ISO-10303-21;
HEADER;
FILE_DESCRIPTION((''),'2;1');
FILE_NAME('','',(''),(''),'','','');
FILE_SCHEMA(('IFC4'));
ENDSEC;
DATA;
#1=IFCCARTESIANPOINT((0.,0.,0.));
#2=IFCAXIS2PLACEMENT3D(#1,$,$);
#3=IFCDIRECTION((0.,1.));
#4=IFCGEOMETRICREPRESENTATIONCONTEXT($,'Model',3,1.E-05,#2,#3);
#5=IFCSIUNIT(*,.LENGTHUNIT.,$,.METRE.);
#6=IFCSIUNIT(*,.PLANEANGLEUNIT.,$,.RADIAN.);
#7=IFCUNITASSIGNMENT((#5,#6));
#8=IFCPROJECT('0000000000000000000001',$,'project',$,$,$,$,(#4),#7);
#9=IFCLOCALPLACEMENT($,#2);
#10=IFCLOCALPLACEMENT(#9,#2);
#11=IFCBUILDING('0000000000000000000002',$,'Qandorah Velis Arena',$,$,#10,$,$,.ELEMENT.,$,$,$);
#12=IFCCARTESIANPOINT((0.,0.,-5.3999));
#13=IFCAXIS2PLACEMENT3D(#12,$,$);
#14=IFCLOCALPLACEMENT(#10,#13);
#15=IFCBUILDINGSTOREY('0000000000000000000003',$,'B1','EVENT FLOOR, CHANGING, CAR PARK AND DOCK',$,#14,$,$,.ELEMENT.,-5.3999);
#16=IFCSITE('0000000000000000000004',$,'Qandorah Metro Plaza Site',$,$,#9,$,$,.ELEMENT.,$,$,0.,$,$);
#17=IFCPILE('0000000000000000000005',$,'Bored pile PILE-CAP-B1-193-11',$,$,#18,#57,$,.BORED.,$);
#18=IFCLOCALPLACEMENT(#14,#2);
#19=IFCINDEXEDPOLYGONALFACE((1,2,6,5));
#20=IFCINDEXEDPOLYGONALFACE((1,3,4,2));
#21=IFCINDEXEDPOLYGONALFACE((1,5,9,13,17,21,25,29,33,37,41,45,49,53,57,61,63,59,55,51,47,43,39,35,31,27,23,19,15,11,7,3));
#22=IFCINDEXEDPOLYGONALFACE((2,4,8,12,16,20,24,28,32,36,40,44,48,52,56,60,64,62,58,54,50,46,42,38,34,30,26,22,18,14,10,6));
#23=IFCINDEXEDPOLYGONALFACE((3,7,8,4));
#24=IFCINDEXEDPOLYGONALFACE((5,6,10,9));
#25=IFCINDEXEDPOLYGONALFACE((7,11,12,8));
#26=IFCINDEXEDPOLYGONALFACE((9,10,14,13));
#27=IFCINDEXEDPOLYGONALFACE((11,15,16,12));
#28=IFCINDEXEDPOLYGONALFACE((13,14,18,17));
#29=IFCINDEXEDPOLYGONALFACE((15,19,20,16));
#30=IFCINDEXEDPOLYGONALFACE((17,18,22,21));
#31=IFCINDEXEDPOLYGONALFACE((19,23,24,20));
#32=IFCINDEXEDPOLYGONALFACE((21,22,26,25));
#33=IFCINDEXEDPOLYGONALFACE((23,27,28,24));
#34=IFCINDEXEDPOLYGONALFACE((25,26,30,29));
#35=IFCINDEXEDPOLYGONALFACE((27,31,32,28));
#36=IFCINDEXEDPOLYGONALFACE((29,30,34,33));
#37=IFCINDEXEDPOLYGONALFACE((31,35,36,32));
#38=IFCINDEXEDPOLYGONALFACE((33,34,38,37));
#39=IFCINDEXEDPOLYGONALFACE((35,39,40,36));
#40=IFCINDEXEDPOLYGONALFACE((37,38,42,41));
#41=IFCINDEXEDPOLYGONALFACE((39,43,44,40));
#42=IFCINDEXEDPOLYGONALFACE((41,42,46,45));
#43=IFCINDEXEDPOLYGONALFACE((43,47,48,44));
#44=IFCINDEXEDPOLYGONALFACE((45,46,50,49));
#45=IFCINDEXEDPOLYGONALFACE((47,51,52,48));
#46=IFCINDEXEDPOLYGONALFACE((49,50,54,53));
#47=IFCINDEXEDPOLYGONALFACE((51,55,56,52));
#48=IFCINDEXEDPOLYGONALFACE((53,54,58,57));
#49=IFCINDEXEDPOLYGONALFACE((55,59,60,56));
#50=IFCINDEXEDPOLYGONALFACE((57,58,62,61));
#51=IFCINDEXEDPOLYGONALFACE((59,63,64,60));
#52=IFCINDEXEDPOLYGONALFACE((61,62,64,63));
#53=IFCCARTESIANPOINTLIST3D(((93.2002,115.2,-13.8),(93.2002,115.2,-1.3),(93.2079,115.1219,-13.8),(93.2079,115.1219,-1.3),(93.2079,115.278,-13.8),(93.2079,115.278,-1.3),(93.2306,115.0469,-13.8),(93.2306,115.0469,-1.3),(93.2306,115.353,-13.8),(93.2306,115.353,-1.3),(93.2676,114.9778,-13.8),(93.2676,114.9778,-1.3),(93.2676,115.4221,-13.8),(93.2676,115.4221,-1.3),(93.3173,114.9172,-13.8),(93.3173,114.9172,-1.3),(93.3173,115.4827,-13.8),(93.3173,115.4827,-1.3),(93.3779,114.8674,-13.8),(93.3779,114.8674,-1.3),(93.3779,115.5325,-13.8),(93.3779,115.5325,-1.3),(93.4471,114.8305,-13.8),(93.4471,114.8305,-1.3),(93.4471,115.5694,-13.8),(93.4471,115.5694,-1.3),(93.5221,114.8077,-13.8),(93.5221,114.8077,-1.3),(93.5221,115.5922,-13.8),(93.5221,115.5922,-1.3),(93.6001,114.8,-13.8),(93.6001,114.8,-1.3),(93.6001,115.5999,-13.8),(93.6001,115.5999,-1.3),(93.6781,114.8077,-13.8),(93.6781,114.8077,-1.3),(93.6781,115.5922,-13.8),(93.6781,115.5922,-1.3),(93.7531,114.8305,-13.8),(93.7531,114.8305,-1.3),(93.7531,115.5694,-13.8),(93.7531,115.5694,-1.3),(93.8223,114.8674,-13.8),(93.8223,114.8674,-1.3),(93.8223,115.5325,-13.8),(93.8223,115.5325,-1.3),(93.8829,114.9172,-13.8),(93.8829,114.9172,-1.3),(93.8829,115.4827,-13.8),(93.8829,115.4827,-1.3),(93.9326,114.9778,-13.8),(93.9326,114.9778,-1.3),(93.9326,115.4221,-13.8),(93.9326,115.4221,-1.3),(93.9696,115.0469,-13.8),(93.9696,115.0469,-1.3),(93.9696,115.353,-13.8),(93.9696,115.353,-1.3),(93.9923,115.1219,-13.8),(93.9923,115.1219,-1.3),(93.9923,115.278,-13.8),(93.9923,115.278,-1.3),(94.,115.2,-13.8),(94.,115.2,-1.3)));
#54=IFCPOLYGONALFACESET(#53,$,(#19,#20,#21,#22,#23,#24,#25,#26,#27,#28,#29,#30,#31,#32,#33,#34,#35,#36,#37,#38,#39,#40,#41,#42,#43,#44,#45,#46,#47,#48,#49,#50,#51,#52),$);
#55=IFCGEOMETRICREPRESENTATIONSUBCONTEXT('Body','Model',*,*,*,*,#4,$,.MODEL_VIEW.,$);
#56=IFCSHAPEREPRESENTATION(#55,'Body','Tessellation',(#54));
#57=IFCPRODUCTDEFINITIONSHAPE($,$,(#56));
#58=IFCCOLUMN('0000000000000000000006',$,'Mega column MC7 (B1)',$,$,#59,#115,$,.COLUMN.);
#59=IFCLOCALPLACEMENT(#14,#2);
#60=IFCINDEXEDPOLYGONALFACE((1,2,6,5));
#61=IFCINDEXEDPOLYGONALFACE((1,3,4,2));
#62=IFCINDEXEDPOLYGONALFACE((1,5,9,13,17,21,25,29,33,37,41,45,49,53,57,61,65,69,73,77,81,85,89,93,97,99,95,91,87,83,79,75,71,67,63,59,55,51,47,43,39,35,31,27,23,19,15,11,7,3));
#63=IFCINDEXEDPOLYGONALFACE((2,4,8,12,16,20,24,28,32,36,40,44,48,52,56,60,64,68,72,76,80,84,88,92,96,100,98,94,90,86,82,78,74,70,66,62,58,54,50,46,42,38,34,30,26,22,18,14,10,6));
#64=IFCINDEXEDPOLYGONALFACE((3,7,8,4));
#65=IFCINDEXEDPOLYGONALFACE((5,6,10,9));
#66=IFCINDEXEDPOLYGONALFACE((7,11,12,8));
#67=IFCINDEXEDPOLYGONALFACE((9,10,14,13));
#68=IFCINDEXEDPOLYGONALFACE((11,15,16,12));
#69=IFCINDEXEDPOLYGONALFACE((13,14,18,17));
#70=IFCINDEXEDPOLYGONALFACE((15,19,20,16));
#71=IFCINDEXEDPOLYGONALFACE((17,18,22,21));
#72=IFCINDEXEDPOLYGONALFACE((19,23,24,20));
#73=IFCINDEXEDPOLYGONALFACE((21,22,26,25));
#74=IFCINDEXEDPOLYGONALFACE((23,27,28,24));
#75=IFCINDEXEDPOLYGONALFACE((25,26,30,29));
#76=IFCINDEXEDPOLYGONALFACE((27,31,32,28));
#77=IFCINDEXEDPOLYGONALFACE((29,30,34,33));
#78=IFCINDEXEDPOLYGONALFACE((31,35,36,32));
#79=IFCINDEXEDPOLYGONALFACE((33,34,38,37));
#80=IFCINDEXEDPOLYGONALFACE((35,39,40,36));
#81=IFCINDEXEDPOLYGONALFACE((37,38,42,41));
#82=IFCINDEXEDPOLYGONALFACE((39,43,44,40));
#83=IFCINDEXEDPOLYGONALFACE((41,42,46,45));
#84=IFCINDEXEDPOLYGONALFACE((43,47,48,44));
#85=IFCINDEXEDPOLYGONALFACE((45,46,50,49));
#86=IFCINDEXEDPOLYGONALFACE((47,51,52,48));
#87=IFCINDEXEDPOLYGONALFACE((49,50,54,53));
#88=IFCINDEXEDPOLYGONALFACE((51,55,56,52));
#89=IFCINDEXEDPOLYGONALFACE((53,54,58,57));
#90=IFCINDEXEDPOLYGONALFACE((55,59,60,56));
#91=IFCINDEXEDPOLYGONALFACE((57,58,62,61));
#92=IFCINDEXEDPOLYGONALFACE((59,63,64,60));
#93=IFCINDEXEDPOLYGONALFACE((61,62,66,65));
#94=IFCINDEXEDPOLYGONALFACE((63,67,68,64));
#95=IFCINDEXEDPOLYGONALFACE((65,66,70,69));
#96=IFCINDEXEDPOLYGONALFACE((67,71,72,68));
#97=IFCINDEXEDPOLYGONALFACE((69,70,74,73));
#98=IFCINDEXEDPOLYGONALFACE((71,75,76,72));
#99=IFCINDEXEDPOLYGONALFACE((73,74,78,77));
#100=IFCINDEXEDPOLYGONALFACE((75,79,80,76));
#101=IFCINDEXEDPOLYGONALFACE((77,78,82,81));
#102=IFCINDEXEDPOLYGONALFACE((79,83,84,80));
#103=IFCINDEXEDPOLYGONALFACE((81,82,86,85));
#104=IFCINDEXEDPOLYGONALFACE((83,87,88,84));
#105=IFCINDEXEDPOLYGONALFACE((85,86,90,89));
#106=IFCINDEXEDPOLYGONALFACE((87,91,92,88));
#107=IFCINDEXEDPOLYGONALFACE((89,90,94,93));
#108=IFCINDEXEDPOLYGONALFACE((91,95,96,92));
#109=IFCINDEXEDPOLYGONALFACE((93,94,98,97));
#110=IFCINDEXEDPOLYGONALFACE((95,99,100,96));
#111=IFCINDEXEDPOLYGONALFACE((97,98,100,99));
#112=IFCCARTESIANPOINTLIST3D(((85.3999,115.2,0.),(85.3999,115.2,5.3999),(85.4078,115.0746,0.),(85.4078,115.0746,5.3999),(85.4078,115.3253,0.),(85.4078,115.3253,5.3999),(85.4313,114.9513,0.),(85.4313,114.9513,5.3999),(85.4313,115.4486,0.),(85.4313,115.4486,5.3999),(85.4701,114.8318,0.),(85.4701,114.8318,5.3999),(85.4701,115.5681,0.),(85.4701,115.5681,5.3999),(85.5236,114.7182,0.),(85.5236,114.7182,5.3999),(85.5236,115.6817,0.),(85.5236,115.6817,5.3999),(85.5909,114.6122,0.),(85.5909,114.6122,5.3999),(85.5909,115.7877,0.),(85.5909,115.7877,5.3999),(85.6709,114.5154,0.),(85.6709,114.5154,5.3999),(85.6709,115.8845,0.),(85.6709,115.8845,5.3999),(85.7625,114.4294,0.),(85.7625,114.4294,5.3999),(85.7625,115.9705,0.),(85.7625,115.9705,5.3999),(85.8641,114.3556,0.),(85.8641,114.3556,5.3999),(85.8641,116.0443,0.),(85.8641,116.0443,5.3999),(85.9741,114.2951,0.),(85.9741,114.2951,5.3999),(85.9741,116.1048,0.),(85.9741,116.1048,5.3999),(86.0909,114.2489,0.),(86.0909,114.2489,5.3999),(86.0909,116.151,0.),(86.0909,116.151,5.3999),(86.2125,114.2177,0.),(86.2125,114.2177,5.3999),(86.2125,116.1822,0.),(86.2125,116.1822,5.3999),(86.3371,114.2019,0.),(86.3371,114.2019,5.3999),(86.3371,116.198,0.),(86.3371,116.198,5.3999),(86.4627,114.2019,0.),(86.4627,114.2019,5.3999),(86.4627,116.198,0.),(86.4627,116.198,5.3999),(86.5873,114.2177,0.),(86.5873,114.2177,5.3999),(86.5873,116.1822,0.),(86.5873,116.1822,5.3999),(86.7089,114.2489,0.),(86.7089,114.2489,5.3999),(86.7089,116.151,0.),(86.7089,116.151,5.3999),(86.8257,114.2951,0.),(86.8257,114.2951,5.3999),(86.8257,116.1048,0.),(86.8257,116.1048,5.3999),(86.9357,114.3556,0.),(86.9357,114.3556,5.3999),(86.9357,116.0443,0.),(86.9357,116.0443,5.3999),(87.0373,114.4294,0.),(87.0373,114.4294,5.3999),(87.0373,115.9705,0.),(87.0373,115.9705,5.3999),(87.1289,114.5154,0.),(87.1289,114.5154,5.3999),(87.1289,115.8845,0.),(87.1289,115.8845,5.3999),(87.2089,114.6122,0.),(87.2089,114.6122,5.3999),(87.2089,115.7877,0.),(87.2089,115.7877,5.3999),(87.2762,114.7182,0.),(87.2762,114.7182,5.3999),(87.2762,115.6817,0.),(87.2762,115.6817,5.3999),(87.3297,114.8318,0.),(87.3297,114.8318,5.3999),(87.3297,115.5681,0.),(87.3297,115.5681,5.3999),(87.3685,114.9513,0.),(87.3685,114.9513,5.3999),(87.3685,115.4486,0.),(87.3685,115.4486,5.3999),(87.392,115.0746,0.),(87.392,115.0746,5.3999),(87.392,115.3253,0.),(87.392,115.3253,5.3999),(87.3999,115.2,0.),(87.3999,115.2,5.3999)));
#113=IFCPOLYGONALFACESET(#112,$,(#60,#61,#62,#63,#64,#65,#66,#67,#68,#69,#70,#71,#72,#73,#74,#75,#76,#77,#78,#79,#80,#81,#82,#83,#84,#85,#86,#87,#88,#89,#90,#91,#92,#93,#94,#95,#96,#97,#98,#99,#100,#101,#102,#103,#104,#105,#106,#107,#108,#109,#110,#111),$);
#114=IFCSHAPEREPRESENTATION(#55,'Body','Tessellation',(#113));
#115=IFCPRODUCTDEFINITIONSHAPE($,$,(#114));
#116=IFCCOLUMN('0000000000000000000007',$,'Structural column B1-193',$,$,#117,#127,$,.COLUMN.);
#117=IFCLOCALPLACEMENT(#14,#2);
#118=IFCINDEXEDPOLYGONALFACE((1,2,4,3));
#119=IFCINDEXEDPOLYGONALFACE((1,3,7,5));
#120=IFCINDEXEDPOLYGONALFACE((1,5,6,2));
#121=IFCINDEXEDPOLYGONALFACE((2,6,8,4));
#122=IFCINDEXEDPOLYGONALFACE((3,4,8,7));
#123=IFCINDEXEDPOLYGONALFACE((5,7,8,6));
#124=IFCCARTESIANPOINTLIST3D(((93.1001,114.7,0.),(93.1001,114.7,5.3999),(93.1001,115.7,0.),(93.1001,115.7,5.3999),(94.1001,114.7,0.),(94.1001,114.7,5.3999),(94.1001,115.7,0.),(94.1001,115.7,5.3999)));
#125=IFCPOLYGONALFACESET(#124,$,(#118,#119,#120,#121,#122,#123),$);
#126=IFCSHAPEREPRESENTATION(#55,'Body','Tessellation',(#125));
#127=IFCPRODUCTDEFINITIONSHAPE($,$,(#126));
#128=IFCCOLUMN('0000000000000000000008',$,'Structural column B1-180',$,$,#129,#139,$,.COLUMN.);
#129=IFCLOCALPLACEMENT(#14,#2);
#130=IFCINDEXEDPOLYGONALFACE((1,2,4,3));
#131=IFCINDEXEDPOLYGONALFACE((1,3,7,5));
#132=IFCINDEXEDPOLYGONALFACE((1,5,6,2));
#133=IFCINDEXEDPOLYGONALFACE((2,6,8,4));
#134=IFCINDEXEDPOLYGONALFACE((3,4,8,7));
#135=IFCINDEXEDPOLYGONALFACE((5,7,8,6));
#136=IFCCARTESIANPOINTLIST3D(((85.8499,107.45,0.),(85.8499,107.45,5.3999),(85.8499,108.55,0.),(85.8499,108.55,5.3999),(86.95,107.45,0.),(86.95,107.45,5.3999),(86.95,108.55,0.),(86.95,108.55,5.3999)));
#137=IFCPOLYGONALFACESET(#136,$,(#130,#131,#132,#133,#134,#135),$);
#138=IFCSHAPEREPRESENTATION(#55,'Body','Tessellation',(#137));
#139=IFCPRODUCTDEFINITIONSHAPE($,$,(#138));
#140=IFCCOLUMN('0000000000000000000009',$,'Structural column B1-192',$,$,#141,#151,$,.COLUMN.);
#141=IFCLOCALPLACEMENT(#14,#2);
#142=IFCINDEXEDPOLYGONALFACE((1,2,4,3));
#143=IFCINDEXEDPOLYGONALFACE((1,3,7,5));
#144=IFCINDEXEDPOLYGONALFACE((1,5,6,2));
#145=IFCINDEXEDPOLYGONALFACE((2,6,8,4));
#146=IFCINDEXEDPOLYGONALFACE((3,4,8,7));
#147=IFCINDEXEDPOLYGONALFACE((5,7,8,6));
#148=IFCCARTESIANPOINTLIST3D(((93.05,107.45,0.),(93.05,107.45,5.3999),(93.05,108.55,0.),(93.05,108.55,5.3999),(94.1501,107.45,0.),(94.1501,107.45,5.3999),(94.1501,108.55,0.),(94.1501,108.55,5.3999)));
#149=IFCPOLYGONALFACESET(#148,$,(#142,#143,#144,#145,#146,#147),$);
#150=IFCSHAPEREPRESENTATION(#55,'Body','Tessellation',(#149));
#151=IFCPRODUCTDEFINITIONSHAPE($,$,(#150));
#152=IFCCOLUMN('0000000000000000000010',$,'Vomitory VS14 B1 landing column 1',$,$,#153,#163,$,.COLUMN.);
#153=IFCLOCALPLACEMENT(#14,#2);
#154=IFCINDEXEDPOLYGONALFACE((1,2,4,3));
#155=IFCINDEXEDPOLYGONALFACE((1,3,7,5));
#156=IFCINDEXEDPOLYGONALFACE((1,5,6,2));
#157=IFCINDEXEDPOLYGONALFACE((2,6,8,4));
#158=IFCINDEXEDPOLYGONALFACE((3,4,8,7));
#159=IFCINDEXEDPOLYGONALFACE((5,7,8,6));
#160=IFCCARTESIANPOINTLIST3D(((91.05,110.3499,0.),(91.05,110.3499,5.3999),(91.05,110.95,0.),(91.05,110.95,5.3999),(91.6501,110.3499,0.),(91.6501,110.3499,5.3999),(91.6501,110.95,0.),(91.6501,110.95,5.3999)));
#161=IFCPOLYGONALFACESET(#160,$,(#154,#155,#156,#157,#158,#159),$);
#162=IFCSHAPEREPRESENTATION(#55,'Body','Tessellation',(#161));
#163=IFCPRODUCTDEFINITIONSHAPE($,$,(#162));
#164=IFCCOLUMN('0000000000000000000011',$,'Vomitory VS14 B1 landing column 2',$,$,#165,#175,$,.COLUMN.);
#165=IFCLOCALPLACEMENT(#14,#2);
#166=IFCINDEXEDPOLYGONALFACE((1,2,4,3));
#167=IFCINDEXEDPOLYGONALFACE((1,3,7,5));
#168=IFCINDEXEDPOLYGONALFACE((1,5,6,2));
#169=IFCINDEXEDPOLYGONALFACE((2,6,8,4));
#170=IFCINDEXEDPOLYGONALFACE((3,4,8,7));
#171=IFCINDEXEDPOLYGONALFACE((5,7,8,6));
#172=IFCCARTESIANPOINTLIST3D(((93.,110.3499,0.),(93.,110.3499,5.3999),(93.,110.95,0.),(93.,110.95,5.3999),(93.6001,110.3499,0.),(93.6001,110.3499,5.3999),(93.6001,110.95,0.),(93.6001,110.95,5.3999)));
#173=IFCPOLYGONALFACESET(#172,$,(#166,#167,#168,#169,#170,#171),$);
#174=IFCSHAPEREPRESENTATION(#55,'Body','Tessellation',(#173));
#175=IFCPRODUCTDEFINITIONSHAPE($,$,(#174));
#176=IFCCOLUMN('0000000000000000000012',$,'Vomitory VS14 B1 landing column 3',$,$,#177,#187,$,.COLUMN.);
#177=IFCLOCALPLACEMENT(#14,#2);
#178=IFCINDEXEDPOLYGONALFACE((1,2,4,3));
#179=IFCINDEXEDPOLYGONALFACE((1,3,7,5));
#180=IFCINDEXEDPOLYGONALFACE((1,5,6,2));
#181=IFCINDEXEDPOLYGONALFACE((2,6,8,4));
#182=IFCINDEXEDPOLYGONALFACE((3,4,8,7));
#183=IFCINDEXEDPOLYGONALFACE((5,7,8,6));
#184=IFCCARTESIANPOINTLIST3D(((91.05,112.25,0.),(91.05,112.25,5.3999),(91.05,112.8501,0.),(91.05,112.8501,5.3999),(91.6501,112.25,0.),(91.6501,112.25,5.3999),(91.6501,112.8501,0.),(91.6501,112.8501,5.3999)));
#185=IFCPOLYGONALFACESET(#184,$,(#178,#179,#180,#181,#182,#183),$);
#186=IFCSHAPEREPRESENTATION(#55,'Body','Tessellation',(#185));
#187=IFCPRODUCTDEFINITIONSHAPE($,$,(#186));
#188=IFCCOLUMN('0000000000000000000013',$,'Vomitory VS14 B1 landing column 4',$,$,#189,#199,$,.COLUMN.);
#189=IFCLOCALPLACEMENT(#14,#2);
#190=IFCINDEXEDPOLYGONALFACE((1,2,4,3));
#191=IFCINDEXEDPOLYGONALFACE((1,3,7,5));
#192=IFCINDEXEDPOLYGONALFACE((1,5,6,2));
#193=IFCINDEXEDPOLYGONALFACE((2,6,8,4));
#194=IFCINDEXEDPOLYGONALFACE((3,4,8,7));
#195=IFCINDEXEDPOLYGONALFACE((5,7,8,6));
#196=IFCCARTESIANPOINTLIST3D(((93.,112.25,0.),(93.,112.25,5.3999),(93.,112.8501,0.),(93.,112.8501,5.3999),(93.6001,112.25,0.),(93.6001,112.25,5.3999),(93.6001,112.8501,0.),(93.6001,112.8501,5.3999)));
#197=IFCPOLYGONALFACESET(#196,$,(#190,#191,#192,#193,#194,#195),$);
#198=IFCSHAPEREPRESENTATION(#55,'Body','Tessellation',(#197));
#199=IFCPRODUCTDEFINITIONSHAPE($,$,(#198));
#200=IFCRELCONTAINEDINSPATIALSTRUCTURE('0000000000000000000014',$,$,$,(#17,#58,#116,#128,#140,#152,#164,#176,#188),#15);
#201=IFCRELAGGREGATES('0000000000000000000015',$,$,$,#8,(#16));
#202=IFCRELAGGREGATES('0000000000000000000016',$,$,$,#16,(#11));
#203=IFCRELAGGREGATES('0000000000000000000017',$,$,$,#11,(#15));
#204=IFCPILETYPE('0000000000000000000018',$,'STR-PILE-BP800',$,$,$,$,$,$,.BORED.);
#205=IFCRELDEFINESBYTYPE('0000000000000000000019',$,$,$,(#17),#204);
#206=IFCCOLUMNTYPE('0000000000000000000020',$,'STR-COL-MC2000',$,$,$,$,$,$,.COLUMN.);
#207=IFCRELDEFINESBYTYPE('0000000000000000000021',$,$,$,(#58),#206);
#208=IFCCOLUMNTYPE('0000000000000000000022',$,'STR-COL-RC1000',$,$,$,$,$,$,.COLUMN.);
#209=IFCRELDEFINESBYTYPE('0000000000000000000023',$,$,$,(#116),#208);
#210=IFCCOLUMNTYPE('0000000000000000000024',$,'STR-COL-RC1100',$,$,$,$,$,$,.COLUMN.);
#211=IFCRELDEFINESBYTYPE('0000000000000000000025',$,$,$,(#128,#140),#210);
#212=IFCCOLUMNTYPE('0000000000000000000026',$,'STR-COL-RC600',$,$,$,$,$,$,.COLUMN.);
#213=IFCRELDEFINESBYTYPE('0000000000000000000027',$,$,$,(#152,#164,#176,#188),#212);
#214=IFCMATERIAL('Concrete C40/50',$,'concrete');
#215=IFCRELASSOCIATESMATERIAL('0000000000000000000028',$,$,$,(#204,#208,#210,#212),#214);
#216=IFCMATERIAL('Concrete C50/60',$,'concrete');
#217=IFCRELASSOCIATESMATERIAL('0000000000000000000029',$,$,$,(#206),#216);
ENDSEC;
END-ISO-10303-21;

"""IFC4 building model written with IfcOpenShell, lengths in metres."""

from ifc_helpers import new_model, si_unit, direction, frame, origin, origin_2d, place, context, subcontext, project, spatial, rectangle, circle, extrude, material, material_profile, profile_set, type_object, element, save


model = new_model("IFC4")

# Units and contexts
model_context = context("Model", 3, precision=1e-05, world=origin(), true_north=direction((0.0, 1.0)))
body_context = subcontext(model_context, "Body", "Model", "MODEL_VIEW")
ifc_project = project(units=[si_unit("LENGTHUNIT", "METRE"), si_unit("PLANEANGLEUNIT", "RADIAN")], contexts=[model_context])

# Site, building, storey
site_placement = place(None, origin())
site = spatial("IfcSite", under=ifc_project, at=site_placement, Name="Qandorah Metro Plaza Site", CompositionType="ELEMENT", RefElevation=0.0)
building_placement = place(site_placement, origin())
building = spatial("IfcBuilding", under=site, at=building_placement, Name="Qandorah Velis Arena", CompositionType="ELEMENT")
storey_placement = place(building_placement, frame((0.0, 0.0, -5.3999)))
storey = spatial("IfcBuildingStorey", under=building, at=storey_placement, Name="B1", Description="EVENT FLOOR, CHANGING, CAR PARK AND DOCK", CompositionType="ELEMENT", Elevation=-5.3999)

# Shared definitions
ifc_material_1 = material(Name="Concrete C40/50", Category="concrete")

# Pile
ifc_material_profile_1 = material_profile(ifc_material_1, circle(Radius=0.3999, at=origin_2d()), Name="BORED PILE D800")
ifc_profile_set_1 = profile_set([ifc_material_profile_1], Name="Concrete C40/50")
pile_type_1 = type_object("IfcPileType", Name="STR-PILE-BP800", PredefinedType="BORED", material=ifc_profile_set_1)
pile_1_placement = place(storey_placement, frame((93.6001, 115.2, -1.3), z_axis=(0.0, 0.0, -1.0), x_axis=(1.0, 0.0, 0.0)))
element("IfcPile", 1, at=pile_1_placement, inside=storey, type_object=pile_type_1, Name="Bored pile PILE-CAP-B1-193-11", PredefinedType="BORED", context=body_context, shape_type="SweptSolid", body=[
    extrude(circle(Radius=0.3999, at=origin_2d()), origin(), (0.0, 0.0, 1.0), 12.5),
])

# Columns
ifc_material_2 = material(Name="Concrete C50/60", Category="concrete")
ifc_material_profile_2 = material_profile(ifc_material_2, circle(Radius=1.0, at=origin_2d()), Name="MC D2000")
ifc_profile_set_2 = profile_set([ifc_material_profile_2], Name="Concrete C50/60")
column_type_1 = type_object("IfcColumnType", Name="STR-COL-MC2000", PredefinedType="COLUMN", material=ifc_profile_set_2)
column_1_placement = place(storey_placement, frame((86.3999, 115.2, 0.0), z_axis=(0.0, 0.0, 1.0), x_axis=(1.0, 0.0, 0.0)))
element("IfcColumn", 2, at=column_1_placement, inside=storey, type_object=column_type_1, Name="Mega column MC7 (B1)", PredefinedType="COLUMN", context=body_context, shape_type="SweptSolid", body=[
    extrude(circle(Radius=1.0, at=origin_2d()), origin(), (0.0, 0.0, 1.0), 5.3999),
])
ifc_material_profile_3 = material_profile(ifc_material_1, rectangle(XDim=1.0, YDim=1.0, at=origin_2d()), Name="RC COL 1000x1000")
ifc_profile_set_3 = profile_set([ifc_material_profile_3], Name="Concrete C40/50")
column_type_2 = type_object("IfcColumnType", Name="STR-COL-RC1000", PredefinedType="COLUMN", material=ifc_profile_set_3)
column_2_placement = place(storey_placement, frame((93.6001, 115.2, 0.0), z_axis=(0.0, 0.0, 1.0), x_axis=(1.0, 0.0, 0.0)))
element("IfcColumn", 3, at=column_2_placement, inside=storey, type_object=column_type_2, Name="Structural column B1-193", PredefinedType="COLUMN", context=body_context, shape_type="SweptSolid", body=[
    extrude(rectangle(XDim=1.0, YDim=1.0, at=origin_2d()), origin(), (0.0, 0.0, 1.0), 5.3999),
])
ifc_material_profile_4 = material_profile(ifc_material_1, rectangle(XDim=1.1001, YDim=1.1001, at=origin_2d()), Name="RC COL 1100x1100")
ifc_profile_set_4 = profile_set([ifc_material_profile_4], Name="Concrete C40/50")
column_type_3 = type_object("IfcColumnType", Name="STR-COL-RC1100", PredefinedType="COLUMN", material=ifc_profile_set_4)
for number, where, z_axis, x_axis, name in (
    (4, (86.3999, 108.0, 0.0), (0.0, 0.0, 1.0), (1.0, 0.0, 0.0), "Structural column B1-180"),
    (5, (93.6001, 108.0, 0.0), (0.0, 0.0, 1.0), (1.0, 0.0, 0.0), "Structural column B1-192"),
):
    element("IfcColumn", number, at=place(storey_placement, frame(where, z_axis=z_axis, x_axis=x_axis)), inside=storey, type_object=column_type_3, Name=name, PredefinedType="COLUMN", context=body_context, shape_type="SweptSolid", body=[
        extrude(rectangle(XDim=1.1001, YDim=1.1001, at=origin_2d()), origin(), (0.0, 0.0, 1.0), 5.3999),
    ])
ifc_material_profile_5 = material_profile(ifc_material_1, rectangle(XDim=0.6001, YDim=0.6001, at=origin_2d()), Name="RC COL 600x600")
ifc_profile_set_5 = profile_set([ifc_material_profile_5], Name="Concrete C40/50")
column_type_4 = type_object("IfcColumnType", Name="STR-COL-RC600", PredefinedType="COLUMN", material=ifc_profile_set_5)
for number, where, z_axis, x_axis, name in (
    (6, (91.3501, 110.6499, 0.0), (0.0, 0.0, 1.0), (1.0, 0.0, 0.0), "Vomitory VS14 B1 landing column 1"),
    (7, (93.3, 110.6499, 0.0), (0.0, 0.0, 1.0), (1.0, 0.0, 0.0), "Vomitory VS14 B1 landing column 2"),
    (8, (91.3501, 112.55, 0.0), (0.0, 0.0, 1.0), (1.0, 0.0, 0.0), "Vomitory VS14 B1 landing column 3"),
    (9, (93.3, 112.55, 0.0), (0.0, 0.0, 1.0), (1.0, 0.0, 0.0), "Vomitory VS14 B1 landing column 4"),
):
    element("IfcColumn", number, at=place(storey_placement, frame(where, z_axis=z_axis, x_axis=x_axis)), inside=storey, type_object=column_type_4, Name=name, PredefinedType="COLUMN", context=body_context, shape_type="SweptSolid", body=[
        extrude(rectangle(XDim=0.6001, YDim=0.6001, at=origin_2d()), origin(), (0.0, 0.0, 1.0), 5.3999),
    ])

save(model, "model.ifc")
